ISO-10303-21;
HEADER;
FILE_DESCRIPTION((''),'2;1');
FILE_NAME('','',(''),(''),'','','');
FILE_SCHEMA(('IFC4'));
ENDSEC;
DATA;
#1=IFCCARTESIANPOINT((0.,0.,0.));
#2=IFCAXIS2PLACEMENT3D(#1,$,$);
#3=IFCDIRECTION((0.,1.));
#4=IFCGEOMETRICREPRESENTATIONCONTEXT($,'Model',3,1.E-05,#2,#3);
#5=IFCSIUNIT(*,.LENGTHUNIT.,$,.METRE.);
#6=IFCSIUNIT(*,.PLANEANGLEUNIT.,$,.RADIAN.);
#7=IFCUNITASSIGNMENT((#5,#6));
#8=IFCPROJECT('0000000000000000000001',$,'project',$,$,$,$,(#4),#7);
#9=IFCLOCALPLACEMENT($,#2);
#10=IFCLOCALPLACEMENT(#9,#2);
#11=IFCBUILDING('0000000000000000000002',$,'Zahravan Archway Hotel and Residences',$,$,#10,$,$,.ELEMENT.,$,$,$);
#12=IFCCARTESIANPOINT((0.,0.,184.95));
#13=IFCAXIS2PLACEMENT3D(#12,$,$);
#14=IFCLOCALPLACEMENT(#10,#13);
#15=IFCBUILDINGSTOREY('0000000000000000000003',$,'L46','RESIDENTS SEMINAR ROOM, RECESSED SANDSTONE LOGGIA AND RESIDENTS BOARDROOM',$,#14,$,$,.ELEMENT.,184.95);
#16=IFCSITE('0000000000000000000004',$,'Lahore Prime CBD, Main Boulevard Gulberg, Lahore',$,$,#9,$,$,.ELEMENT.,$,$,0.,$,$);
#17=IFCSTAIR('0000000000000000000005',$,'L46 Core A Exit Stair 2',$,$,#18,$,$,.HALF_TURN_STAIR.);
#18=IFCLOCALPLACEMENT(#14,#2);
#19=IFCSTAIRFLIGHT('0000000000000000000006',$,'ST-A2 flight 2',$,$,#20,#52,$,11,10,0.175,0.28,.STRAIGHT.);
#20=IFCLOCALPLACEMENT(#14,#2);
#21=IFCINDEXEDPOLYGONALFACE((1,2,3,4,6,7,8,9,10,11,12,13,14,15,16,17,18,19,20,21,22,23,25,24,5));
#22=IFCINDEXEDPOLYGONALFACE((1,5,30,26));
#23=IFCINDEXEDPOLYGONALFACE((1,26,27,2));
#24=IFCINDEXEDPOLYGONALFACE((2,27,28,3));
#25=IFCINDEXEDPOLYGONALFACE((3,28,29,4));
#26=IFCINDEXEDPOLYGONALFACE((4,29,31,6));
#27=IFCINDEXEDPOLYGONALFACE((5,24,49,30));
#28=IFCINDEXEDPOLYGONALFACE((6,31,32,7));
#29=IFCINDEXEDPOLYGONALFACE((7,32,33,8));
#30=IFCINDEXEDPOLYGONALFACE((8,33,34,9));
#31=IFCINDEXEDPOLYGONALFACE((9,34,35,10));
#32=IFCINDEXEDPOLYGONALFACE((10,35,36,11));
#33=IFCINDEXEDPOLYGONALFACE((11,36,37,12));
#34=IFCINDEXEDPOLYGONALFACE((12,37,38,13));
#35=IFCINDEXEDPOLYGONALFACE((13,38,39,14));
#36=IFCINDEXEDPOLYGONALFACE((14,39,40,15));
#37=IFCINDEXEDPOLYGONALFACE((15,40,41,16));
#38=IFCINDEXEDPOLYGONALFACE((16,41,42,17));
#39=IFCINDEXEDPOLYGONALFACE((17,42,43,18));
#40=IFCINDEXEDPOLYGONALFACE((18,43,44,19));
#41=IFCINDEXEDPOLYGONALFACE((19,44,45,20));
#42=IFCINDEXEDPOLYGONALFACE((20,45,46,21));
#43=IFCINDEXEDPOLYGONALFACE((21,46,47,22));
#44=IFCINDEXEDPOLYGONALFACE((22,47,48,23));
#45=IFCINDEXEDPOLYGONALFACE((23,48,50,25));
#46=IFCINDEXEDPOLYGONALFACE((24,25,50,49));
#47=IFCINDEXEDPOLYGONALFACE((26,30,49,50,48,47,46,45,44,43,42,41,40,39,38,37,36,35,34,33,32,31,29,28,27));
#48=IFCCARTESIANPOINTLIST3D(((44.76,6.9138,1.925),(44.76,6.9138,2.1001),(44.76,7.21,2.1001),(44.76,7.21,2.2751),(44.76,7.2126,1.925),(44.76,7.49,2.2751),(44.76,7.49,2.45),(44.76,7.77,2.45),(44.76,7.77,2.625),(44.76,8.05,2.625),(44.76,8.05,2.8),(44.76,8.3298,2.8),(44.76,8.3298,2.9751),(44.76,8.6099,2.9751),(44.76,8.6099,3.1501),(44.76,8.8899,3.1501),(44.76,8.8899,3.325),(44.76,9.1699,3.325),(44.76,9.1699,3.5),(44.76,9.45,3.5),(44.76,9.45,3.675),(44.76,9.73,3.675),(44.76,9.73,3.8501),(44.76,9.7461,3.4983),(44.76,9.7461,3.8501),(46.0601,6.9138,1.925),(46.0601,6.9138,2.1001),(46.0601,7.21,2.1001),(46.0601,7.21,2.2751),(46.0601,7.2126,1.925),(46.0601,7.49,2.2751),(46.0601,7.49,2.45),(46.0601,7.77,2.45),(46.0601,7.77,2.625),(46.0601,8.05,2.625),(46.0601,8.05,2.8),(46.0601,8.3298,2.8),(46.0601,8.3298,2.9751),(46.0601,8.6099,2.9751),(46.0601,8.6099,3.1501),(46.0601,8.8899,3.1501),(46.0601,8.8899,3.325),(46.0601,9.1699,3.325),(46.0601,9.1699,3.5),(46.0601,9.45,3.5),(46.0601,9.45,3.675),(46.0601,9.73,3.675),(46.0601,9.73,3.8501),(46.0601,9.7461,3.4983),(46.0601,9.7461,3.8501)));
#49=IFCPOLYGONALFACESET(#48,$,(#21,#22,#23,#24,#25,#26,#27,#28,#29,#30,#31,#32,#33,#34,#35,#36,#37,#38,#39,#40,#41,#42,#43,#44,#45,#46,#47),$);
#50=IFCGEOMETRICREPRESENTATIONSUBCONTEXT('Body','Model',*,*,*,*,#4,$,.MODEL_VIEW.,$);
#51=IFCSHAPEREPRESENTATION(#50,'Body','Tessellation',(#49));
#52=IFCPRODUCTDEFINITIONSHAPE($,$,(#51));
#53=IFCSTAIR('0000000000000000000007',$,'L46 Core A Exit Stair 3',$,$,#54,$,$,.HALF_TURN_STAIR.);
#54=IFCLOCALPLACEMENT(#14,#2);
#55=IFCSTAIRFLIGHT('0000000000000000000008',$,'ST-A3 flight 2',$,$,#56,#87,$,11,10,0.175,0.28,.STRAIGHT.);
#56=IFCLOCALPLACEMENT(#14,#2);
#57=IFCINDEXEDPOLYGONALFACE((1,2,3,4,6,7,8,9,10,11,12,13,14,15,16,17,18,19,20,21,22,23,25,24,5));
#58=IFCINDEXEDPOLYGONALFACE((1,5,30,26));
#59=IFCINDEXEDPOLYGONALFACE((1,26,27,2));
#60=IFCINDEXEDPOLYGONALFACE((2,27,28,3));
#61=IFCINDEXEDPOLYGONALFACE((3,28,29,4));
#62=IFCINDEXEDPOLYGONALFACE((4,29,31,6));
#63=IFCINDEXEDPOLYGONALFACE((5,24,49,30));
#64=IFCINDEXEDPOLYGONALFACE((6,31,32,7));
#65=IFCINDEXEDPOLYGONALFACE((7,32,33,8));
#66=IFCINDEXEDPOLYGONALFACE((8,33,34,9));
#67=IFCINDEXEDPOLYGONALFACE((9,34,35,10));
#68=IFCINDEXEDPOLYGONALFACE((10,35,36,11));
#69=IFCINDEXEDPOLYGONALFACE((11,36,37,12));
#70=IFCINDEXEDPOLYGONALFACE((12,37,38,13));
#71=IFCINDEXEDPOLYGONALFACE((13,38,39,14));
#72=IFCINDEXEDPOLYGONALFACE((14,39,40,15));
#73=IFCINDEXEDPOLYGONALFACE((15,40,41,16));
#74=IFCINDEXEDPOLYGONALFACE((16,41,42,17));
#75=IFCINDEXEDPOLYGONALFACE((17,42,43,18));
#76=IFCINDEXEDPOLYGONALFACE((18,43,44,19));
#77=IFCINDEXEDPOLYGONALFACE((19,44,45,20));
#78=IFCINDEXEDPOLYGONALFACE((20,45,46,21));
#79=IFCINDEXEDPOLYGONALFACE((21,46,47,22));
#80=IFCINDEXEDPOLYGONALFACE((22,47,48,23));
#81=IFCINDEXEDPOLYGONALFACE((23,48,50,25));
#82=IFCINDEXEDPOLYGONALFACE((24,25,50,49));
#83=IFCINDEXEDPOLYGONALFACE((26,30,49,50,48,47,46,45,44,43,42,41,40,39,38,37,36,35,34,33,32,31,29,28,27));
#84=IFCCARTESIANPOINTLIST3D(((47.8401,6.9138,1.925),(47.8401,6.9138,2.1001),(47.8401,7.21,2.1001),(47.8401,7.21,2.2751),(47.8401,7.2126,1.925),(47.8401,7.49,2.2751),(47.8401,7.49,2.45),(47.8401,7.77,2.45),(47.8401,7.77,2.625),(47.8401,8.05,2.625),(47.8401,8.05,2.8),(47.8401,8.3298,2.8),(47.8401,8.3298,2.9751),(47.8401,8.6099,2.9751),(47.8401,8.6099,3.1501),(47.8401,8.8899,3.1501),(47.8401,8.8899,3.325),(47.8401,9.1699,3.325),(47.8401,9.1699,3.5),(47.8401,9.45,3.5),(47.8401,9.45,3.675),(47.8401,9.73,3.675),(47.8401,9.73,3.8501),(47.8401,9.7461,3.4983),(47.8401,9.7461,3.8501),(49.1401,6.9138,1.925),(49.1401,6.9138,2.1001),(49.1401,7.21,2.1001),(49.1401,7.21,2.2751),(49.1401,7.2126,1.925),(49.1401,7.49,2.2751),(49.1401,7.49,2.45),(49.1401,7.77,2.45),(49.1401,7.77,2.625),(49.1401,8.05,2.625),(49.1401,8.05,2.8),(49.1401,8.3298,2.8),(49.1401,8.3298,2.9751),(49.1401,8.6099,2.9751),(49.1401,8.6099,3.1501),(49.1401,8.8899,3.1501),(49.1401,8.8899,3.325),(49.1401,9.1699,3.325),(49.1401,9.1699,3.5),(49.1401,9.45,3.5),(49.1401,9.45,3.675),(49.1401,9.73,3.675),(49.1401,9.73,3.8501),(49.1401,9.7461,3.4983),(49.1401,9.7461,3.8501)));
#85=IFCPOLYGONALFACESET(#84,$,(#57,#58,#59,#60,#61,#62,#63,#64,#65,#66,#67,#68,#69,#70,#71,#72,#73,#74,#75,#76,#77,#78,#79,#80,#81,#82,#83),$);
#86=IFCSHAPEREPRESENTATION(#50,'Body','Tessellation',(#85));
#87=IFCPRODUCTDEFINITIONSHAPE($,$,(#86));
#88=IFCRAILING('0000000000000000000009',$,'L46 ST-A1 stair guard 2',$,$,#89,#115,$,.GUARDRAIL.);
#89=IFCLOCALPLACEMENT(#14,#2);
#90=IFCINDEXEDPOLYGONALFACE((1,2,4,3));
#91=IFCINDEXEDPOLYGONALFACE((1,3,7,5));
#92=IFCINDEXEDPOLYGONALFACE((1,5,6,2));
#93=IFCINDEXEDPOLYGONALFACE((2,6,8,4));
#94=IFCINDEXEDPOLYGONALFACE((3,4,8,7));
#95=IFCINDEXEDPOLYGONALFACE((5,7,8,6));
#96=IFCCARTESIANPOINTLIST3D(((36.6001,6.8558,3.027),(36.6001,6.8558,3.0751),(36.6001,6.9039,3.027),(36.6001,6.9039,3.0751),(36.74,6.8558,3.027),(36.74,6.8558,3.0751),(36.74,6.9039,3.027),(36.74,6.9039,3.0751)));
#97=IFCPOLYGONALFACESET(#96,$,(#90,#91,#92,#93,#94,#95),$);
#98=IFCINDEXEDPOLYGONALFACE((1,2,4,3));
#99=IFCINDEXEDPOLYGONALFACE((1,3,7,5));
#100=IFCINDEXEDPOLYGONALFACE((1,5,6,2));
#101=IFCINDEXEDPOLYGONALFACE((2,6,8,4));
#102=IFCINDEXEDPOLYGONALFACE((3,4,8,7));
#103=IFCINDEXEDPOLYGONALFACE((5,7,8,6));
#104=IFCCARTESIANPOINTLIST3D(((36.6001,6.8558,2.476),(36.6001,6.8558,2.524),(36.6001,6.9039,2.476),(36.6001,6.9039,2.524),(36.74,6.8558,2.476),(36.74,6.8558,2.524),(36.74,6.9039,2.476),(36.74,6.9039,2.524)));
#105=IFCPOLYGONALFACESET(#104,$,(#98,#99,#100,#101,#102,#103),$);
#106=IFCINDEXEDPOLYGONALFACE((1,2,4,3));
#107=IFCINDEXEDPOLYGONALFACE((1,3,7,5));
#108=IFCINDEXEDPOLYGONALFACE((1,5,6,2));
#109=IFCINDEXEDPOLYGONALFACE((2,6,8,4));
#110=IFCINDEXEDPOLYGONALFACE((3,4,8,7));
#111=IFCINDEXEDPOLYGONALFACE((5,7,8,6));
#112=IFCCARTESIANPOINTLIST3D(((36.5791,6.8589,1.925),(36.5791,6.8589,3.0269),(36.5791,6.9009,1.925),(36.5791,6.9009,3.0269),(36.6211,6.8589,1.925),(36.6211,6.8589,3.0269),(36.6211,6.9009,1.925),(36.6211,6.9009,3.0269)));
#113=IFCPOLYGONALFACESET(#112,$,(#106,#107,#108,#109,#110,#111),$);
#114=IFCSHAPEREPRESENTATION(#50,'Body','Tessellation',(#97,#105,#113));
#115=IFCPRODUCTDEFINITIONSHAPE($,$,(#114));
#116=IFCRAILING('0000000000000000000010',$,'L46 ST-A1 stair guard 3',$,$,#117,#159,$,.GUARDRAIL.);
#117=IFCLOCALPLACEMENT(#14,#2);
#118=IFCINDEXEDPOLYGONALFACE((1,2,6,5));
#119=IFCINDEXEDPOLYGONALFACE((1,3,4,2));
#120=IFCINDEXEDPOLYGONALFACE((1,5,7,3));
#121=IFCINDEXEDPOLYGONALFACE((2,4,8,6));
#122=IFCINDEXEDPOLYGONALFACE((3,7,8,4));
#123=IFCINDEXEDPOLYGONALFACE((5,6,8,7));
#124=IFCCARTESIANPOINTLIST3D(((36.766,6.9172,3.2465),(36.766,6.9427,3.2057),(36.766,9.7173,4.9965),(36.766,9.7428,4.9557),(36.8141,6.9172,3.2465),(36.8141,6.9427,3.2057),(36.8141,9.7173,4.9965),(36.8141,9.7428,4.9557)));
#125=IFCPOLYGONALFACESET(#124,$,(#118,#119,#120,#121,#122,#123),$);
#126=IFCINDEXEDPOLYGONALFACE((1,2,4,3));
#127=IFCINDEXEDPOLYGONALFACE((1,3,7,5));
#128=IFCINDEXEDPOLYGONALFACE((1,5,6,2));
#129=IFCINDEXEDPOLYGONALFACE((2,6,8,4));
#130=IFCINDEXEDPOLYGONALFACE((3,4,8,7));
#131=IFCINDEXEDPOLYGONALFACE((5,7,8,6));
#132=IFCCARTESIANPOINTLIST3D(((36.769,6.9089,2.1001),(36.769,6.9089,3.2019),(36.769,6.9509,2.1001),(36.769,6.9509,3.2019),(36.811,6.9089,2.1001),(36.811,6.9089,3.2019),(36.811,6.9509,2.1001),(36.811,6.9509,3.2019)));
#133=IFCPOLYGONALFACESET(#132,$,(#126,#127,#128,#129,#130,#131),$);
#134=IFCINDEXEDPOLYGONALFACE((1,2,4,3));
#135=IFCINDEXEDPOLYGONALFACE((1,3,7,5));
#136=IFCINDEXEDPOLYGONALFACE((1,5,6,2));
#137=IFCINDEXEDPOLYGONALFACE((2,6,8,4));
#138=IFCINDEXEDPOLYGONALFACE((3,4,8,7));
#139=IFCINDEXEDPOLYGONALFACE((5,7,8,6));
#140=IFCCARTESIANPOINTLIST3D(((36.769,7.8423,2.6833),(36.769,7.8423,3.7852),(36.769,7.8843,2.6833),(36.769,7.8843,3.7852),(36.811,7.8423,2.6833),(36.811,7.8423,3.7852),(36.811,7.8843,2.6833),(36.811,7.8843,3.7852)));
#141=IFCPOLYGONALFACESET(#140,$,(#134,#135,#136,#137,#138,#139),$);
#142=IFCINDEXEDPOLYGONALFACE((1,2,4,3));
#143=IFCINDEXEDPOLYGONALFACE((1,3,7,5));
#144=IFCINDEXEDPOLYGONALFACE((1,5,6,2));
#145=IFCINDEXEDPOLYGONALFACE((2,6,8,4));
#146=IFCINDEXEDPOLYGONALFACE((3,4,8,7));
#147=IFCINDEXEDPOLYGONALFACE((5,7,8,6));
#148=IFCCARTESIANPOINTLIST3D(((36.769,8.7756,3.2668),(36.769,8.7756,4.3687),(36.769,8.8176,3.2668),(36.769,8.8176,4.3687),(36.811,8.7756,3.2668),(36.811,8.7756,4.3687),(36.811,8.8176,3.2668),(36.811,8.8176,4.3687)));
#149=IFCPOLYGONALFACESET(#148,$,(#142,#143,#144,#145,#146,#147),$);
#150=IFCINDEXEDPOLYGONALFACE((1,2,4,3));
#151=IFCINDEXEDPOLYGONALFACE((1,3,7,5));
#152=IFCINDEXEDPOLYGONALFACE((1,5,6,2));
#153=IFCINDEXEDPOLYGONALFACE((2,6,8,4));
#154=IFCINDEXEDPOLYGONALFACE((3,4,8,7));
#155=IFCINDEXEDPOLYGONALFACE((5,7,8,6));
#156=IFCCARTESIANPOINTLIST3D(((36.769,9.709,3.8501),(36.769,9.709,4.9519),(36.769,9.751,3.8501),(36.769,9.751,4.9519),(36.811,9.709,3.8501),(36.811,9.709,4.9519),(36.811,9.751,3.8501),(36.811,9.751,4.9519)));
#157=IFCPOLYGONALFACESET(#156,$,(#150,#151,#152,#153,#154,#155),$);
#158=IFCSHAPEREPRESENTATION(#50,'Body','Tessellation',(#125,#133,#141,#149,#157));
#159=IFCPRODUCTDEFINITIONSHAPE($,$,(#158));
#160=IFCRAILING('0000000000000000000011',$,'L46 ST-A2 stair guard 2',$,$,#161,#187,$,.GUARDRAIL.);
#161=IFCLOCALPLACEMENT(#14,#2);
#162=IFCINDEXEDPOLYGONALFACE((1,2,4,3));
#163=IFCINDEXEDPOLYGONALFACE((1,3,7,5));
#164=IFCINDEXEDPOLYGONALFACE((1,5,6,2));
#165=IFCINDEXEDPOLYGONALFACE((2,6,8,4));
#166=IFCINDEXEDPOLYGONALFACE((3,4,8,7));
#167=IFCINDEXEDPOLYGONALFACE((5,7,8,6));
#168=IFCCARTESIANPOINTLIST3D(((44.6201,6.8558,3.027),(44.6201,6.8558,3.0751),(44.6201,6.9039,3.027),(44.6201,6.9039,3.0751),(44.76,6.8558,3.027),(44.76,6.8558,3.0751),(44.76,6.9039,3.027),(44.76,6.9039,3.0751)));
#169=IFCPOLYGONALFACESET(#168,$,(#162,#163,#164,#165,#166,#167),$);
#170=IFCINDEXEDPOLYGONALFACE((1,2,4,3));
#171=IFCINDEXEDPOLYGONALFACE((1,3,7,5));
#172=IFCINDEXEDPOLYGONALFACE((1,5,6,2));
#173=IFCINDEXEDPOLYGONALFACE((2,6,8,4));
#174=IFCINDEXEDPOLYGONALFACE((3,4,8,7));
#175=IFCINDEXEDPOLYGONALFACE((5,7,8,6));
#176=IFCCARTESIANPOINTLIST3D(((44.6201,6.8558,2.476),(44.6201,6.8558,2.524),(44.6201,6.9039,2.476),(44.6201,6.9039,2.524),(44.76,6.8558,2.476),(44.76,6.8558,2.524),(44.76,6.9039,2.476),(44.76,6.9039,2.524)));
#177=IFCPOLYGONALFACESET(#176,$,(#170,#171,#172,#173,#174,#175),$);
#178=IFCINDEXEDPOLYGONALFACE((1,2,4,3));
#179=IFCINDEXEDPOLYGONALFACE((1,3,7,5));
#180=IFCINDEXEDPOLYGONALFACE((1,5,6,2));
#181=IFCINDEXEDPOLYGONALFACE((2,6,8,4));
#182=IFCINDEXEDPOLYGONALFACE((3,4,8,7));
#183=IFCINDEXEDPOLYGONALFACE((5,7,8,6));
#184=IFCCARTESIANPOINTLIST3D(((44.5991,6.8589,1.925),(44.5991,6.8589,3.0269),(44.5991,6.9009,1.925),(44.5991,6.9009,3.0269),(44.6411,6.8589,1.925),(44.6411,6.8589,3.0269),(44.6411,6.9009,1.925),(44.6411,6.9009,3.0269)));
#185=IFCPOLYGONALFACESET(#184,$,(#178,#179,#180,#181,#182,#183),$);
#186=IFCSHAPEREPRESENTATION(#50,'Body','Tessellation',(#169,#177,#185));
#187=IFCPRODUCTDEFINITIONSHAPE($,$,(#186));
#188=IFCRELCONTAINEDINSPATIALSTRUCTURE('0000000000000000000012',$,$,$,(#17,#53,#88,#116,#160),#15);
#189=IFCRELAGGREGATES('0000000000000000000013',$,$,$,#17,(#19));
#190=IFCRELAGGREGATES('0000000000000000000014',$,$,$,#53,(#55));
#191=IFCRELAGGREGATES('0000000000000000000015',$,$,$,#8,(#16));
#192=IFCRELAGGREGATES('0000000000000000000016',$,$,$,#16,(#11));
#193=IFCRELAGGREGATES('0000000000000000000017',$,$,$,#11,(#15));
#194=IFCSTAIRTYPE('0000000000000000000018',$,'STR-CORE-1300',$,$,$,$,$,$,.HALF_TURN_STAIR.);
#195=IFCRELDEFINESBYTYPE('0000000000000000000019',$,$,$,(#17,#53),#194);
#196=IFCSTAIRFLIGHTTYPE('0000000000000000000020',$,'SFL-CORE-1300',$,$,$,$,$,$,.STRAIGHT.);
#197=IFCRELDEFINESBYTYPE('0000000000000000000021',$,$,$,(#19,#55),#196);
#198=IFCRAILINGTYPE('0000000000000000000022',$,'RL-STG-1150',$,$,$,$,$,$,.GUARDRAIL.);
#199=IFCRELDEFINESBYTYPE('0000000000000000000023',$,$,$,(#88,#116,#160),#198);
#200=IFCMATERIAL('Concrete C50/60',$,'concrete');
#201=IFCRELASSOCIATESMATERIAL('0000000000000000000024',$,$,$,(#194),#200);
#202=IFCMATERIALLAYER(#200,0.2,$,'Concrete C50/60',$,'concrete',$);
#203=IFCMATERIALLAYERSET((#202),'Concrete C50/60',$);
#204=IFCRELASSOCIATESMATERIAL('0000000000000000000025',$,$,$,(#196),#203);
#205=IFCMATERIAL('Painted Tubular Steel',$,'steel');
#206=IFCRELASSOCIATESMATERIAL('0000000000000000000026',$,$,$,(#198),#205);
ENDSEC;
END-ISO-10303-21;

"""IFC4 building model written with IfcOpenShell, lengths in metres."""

from ifc_helpers import new_model, si_unit, direction, frame, origin, origin_2d, place, context, subcontext, project, spatial, polyline, rectangle, outline, extrude, source, transform, mapped, material, layer, layer_set, type_object, element, aggregate, save


model = new_model("IFC4")

# Units and contexts
model_context = context("Model", 3, precision=1e-05, world=origin(), true_north=direction((0.0, 1.0)))
body_context = subcontext(model_context, "Body", "Model", "MODEL_VIEW")
ifc_project = project(units=[si_unit("LENGTHUNIT", "METRE"), si_unit("PLANEANGLEUNIT", "RADIAN")], contexts=[model_context])

# Site, building, storey
site_placement = place(None, origin())
site = spatial("IfcSite", under=ifc_project, at=site_placement, Name="Lahore Prime CBD, Main Boulevard Gulberg, Lahore", CompositionType="ELEMENT", RefElevation=0.0)
building_placement = place(site_placement, origin())
building = spatial("IfcBuilding", under=site, at=building_placement, Name="Zahravan Archway Hotel and Residences", CompositionType="ELEMENT")
storey_placement = place(building_placement, frame((0.0, 0.0, 184.95)))
storey = spatial("IfcBuildingStorey", under=building, at=storey_placement, Name="L46", Description="RESIDENTS SEMINAR ROOM, RECESSED SANDSTONE LOGGIA AND RESIDENTS BOARDROOM", CompositionType="ELEMENT", Elevation=184.95)

# Shared definitions
ifc_material_1 = material(Name="Concrete C50/60", Category="concrete")

# Stairs, stair flights
stair_type = type_object("IfcStairType", Name="STR-CORE-1300", PredefinedType="HALF_TURN_STAIR", material=ifc_material_1)
ifc_layer_1 = layer(ifc_material_1, 0.2, Name="Concrete C50/60", Category="concrete")
ifc_layer_set_1 = layer_set([ifc_layer_1], Name="Concrete C50/60")
stair_flight_type = type_object("IfcStairFlightType", Name="SFL-CORE-1300", PredefinedType="STRAIGHT", material=ifc_layer_set_1)
shared_shape_1 = source(origin(), body_context, "Body", "SweptSolid", [
    extrude(outline(polyline([(-0.0161, 0.0), (-0.0161, 0.175), (0.28, 0.175), (0.28, 0.3501), (0.5601, 0.3501), (0.5601, 0.5249), (0.8401, 0.5249), (0.8401, 0.7), (1.1201, 0.7), (1.1201, 0.875), (1.3999, 0.875), (1.3999, 1.05), (1.6799, 1.05), (1.6799, 1.2251), (1.96, 1.2251), (1.96, 1.3999), (2.24, 1.3999), (2.24, 1.575), (2.52, 1.575), (2.52, 1.75), (2.8, 1.75), (2.8, 1.925), (2.8162, 1.925), (2.8162, 1.5732), (0.2827, 0.0), (-0.0161, 0.0)])), frame((0.0, 0.6499, 0.0), z_axis=(0.0, -1.0, 0.0), x_axis=(1.0, 0.0, 0.0)), (0.0, 0.0, 1.0), 1.3),
])
stair_1_placement = place(storey_placement, origin())
stair_1 = element("IfcStair", 1, at=stair_1_placement, inside=storey, type_object=stair_type, Name="L46 Core A Exit Stair 2", PredefinedType="HALF_TURN_STAIR")
stair_flight_1_placement = place(storey_placement, frame((45.4099, 6.9299, 1.925), z_axis=(0.0, 0.0, 1.0), x_axis=(0.0, 1.0, 0.0)))
stair_flight_1 = element("IfcStairFlight", 2, at=stair_flight_1_placement, type_object=stair_flight_type, Name="ST-A2 flight 2", NumberOfRisers=11, NumberOfTreads=10, PredefinedType="STRAIGHT", RiserHeight=0.175, TreadLength=0.28, context=body_context, shape_type="MappedRepresentation", body=[
    mapped(shared_shape_1, transform((0.0, 0.0, 0.0), scale=1.0)),
])
aggregate(stair_1, [stair_flight_1])
stair_2_placement = place(storey_placement, origin())
stair_2 = element("IfcStair", 3, at=stair_2_placement, inside=storey, type_object=stair_type, Name="L46 Core A Exit Stair 3", PredefinedType="HALF_TURN_STAIR")
stair_flight_2_placement = place(storey_placement, frame((48.49, 6.9299, 1.925), z_axis=(0.0, 0.0, 1.0), x_axis=(0.0, 1.0, 0.0)))
stair_flight_2 = element("IfcStairFlight", 4, at=stair_flight_2_placement, type_object=stair_flight_type, Name="ST-A3 flight 2", NumberOfRisers=11, NumberOfTreads=10, PredefinedType="STRAIGHT", RiserHeight=0.175, TreadLength=0.28, context=body_context, shape_type="MappedRepresentation", body=[
    mapped(shared_shape_1, transform((0.0, 0.0, 0.0), scale=1.0)),
])
aggregate(stair_2, [stair_flight_2])

# Railings
ifc_material_2 = material(Name="Painted Tubular Steel", Category="steel")
railing_type_1 = type_object("IfcRailingType", Name="RL-STG-1150", PredefinedType="GUARDRAIL", material=ifc_material_2)
railing_1_placement = place(storey_placement, frame((36.6001, 6.8799, 1.925)))
element("IfcRailing", 5, at=railing_1_placement, inside=storey, type_object=railing_type_1, Name="L46 ST-A1 stair guard 2", PredefinedType="GUARDRAIL", context=body_context, shape_type="SweptSolid", body=[
    extrude(rectangle(XDim=0.0481, YDim=0.0481, at=origin_2d()), frame((0.0, 0.0, 1.126), z_axis=(1.0, 0.0, 0.0), x_axis=(0.0, 1.0, 0.0)), (0.0, 0.0, 1.0), 0.1399),
    extrude(rectangle(XDim=0.0481, YDim=0.0481, at=origin_2d()), frame((0.0, 0.0, 0.575), z_axis=(1.0, 0.0, 0.0), x_axis=(0.0, 1.0, 0.0)), (0.0, 0.0, 1.0), 0.1399),
    extrude(rectangle(XDim=0.042, YDim=0.042, at=origin_2d()), origin(), (0.0, 0.0, 1.0), 1.1018),
])
railing_2_placement = place(storey_placement, frame((36.79, 6.9299, 2.1001)))
element("IfcRailing", 6, at=railing_2_placement, inside=storey, type_object=railing_type_1, Name="L46 ST-A1 stair guard 3", PredefinedType="GUARDRAIL", context=body_context, shape_type="SweptSolid", body=[
    extrude(rectangle(XDim=0.0481, YDim=0.0481, at=origin_2d()), frame((0.0, 0.0, 1.126), z_axis=(0.0, 0.848002, 0.529992), x_axis=(-1.0, 0.0, 0.0)), (0.0, 0.0, 1.0), 3.302),
    extrude(rectangle(XDim=0.042, YDim=0.042, at=origin_2d()), origin(), (0.0, 0.0, 1.0), 1.1018),
    extrude(rectangle(XDim=0.042, YDim=0.042, at=origin_2d()), frame((0.0, 0.9333, 0.5833)), (0.0, 0.0, 1.0), 1.1018),
    extrude(rectangle(XDim=0.042, YDim=0.042, at=origin_2d()), frame((0.0, 1.8667, 1.1667)), (0.0, 0.0, 1.0), 1.1018),
    extrude(rectangle(XDim=0.042, YDim=0.042, at=origin_2d()), frame((0.0, 2.8, 1.75)), (0.0, 0.0, 1.0), 1.1018),
])
railing_3_placement = place(storey_placement, frame((44.6201, 6.8799, 1.925)))
element("IfcRailing", 7, at=railing_3_placement, inside=storey, type_object=railing_type_1, Name="L46 ST-A2 stair guard 2", PredefinedType="GUARDRAIL", context=body_context, shape_type="SweptSolid", body=[
    extrude(rectangle(XDim=0.0481, YDim=0.0481, at=origin_2d()), frame((0.0, 0.0, 1.126), z_axis=(1.0, 0.0, 0.0), x_axis=(0.0, 1.0, 0.0)), (0.0, 0.0, 1.0), 0.1399),
    extrude(rectangle(XDim=0.0481, YDim=0.0481, at=origin_2d()), frame((0.0, 0.0, 0.575), z_axis=(1.0, 0.0, 0.0), x_axis=(0.0, 1.0, 0.0)), (0.0, 0.0, 1.0), 0.1399),
    extrude(rectangle(XDim=0.042, YDim=0.042, at=origin_2d()), origin(), (0.0, 0.0, 1.0), 1.1018),
])

save(model, "model.ifc")
